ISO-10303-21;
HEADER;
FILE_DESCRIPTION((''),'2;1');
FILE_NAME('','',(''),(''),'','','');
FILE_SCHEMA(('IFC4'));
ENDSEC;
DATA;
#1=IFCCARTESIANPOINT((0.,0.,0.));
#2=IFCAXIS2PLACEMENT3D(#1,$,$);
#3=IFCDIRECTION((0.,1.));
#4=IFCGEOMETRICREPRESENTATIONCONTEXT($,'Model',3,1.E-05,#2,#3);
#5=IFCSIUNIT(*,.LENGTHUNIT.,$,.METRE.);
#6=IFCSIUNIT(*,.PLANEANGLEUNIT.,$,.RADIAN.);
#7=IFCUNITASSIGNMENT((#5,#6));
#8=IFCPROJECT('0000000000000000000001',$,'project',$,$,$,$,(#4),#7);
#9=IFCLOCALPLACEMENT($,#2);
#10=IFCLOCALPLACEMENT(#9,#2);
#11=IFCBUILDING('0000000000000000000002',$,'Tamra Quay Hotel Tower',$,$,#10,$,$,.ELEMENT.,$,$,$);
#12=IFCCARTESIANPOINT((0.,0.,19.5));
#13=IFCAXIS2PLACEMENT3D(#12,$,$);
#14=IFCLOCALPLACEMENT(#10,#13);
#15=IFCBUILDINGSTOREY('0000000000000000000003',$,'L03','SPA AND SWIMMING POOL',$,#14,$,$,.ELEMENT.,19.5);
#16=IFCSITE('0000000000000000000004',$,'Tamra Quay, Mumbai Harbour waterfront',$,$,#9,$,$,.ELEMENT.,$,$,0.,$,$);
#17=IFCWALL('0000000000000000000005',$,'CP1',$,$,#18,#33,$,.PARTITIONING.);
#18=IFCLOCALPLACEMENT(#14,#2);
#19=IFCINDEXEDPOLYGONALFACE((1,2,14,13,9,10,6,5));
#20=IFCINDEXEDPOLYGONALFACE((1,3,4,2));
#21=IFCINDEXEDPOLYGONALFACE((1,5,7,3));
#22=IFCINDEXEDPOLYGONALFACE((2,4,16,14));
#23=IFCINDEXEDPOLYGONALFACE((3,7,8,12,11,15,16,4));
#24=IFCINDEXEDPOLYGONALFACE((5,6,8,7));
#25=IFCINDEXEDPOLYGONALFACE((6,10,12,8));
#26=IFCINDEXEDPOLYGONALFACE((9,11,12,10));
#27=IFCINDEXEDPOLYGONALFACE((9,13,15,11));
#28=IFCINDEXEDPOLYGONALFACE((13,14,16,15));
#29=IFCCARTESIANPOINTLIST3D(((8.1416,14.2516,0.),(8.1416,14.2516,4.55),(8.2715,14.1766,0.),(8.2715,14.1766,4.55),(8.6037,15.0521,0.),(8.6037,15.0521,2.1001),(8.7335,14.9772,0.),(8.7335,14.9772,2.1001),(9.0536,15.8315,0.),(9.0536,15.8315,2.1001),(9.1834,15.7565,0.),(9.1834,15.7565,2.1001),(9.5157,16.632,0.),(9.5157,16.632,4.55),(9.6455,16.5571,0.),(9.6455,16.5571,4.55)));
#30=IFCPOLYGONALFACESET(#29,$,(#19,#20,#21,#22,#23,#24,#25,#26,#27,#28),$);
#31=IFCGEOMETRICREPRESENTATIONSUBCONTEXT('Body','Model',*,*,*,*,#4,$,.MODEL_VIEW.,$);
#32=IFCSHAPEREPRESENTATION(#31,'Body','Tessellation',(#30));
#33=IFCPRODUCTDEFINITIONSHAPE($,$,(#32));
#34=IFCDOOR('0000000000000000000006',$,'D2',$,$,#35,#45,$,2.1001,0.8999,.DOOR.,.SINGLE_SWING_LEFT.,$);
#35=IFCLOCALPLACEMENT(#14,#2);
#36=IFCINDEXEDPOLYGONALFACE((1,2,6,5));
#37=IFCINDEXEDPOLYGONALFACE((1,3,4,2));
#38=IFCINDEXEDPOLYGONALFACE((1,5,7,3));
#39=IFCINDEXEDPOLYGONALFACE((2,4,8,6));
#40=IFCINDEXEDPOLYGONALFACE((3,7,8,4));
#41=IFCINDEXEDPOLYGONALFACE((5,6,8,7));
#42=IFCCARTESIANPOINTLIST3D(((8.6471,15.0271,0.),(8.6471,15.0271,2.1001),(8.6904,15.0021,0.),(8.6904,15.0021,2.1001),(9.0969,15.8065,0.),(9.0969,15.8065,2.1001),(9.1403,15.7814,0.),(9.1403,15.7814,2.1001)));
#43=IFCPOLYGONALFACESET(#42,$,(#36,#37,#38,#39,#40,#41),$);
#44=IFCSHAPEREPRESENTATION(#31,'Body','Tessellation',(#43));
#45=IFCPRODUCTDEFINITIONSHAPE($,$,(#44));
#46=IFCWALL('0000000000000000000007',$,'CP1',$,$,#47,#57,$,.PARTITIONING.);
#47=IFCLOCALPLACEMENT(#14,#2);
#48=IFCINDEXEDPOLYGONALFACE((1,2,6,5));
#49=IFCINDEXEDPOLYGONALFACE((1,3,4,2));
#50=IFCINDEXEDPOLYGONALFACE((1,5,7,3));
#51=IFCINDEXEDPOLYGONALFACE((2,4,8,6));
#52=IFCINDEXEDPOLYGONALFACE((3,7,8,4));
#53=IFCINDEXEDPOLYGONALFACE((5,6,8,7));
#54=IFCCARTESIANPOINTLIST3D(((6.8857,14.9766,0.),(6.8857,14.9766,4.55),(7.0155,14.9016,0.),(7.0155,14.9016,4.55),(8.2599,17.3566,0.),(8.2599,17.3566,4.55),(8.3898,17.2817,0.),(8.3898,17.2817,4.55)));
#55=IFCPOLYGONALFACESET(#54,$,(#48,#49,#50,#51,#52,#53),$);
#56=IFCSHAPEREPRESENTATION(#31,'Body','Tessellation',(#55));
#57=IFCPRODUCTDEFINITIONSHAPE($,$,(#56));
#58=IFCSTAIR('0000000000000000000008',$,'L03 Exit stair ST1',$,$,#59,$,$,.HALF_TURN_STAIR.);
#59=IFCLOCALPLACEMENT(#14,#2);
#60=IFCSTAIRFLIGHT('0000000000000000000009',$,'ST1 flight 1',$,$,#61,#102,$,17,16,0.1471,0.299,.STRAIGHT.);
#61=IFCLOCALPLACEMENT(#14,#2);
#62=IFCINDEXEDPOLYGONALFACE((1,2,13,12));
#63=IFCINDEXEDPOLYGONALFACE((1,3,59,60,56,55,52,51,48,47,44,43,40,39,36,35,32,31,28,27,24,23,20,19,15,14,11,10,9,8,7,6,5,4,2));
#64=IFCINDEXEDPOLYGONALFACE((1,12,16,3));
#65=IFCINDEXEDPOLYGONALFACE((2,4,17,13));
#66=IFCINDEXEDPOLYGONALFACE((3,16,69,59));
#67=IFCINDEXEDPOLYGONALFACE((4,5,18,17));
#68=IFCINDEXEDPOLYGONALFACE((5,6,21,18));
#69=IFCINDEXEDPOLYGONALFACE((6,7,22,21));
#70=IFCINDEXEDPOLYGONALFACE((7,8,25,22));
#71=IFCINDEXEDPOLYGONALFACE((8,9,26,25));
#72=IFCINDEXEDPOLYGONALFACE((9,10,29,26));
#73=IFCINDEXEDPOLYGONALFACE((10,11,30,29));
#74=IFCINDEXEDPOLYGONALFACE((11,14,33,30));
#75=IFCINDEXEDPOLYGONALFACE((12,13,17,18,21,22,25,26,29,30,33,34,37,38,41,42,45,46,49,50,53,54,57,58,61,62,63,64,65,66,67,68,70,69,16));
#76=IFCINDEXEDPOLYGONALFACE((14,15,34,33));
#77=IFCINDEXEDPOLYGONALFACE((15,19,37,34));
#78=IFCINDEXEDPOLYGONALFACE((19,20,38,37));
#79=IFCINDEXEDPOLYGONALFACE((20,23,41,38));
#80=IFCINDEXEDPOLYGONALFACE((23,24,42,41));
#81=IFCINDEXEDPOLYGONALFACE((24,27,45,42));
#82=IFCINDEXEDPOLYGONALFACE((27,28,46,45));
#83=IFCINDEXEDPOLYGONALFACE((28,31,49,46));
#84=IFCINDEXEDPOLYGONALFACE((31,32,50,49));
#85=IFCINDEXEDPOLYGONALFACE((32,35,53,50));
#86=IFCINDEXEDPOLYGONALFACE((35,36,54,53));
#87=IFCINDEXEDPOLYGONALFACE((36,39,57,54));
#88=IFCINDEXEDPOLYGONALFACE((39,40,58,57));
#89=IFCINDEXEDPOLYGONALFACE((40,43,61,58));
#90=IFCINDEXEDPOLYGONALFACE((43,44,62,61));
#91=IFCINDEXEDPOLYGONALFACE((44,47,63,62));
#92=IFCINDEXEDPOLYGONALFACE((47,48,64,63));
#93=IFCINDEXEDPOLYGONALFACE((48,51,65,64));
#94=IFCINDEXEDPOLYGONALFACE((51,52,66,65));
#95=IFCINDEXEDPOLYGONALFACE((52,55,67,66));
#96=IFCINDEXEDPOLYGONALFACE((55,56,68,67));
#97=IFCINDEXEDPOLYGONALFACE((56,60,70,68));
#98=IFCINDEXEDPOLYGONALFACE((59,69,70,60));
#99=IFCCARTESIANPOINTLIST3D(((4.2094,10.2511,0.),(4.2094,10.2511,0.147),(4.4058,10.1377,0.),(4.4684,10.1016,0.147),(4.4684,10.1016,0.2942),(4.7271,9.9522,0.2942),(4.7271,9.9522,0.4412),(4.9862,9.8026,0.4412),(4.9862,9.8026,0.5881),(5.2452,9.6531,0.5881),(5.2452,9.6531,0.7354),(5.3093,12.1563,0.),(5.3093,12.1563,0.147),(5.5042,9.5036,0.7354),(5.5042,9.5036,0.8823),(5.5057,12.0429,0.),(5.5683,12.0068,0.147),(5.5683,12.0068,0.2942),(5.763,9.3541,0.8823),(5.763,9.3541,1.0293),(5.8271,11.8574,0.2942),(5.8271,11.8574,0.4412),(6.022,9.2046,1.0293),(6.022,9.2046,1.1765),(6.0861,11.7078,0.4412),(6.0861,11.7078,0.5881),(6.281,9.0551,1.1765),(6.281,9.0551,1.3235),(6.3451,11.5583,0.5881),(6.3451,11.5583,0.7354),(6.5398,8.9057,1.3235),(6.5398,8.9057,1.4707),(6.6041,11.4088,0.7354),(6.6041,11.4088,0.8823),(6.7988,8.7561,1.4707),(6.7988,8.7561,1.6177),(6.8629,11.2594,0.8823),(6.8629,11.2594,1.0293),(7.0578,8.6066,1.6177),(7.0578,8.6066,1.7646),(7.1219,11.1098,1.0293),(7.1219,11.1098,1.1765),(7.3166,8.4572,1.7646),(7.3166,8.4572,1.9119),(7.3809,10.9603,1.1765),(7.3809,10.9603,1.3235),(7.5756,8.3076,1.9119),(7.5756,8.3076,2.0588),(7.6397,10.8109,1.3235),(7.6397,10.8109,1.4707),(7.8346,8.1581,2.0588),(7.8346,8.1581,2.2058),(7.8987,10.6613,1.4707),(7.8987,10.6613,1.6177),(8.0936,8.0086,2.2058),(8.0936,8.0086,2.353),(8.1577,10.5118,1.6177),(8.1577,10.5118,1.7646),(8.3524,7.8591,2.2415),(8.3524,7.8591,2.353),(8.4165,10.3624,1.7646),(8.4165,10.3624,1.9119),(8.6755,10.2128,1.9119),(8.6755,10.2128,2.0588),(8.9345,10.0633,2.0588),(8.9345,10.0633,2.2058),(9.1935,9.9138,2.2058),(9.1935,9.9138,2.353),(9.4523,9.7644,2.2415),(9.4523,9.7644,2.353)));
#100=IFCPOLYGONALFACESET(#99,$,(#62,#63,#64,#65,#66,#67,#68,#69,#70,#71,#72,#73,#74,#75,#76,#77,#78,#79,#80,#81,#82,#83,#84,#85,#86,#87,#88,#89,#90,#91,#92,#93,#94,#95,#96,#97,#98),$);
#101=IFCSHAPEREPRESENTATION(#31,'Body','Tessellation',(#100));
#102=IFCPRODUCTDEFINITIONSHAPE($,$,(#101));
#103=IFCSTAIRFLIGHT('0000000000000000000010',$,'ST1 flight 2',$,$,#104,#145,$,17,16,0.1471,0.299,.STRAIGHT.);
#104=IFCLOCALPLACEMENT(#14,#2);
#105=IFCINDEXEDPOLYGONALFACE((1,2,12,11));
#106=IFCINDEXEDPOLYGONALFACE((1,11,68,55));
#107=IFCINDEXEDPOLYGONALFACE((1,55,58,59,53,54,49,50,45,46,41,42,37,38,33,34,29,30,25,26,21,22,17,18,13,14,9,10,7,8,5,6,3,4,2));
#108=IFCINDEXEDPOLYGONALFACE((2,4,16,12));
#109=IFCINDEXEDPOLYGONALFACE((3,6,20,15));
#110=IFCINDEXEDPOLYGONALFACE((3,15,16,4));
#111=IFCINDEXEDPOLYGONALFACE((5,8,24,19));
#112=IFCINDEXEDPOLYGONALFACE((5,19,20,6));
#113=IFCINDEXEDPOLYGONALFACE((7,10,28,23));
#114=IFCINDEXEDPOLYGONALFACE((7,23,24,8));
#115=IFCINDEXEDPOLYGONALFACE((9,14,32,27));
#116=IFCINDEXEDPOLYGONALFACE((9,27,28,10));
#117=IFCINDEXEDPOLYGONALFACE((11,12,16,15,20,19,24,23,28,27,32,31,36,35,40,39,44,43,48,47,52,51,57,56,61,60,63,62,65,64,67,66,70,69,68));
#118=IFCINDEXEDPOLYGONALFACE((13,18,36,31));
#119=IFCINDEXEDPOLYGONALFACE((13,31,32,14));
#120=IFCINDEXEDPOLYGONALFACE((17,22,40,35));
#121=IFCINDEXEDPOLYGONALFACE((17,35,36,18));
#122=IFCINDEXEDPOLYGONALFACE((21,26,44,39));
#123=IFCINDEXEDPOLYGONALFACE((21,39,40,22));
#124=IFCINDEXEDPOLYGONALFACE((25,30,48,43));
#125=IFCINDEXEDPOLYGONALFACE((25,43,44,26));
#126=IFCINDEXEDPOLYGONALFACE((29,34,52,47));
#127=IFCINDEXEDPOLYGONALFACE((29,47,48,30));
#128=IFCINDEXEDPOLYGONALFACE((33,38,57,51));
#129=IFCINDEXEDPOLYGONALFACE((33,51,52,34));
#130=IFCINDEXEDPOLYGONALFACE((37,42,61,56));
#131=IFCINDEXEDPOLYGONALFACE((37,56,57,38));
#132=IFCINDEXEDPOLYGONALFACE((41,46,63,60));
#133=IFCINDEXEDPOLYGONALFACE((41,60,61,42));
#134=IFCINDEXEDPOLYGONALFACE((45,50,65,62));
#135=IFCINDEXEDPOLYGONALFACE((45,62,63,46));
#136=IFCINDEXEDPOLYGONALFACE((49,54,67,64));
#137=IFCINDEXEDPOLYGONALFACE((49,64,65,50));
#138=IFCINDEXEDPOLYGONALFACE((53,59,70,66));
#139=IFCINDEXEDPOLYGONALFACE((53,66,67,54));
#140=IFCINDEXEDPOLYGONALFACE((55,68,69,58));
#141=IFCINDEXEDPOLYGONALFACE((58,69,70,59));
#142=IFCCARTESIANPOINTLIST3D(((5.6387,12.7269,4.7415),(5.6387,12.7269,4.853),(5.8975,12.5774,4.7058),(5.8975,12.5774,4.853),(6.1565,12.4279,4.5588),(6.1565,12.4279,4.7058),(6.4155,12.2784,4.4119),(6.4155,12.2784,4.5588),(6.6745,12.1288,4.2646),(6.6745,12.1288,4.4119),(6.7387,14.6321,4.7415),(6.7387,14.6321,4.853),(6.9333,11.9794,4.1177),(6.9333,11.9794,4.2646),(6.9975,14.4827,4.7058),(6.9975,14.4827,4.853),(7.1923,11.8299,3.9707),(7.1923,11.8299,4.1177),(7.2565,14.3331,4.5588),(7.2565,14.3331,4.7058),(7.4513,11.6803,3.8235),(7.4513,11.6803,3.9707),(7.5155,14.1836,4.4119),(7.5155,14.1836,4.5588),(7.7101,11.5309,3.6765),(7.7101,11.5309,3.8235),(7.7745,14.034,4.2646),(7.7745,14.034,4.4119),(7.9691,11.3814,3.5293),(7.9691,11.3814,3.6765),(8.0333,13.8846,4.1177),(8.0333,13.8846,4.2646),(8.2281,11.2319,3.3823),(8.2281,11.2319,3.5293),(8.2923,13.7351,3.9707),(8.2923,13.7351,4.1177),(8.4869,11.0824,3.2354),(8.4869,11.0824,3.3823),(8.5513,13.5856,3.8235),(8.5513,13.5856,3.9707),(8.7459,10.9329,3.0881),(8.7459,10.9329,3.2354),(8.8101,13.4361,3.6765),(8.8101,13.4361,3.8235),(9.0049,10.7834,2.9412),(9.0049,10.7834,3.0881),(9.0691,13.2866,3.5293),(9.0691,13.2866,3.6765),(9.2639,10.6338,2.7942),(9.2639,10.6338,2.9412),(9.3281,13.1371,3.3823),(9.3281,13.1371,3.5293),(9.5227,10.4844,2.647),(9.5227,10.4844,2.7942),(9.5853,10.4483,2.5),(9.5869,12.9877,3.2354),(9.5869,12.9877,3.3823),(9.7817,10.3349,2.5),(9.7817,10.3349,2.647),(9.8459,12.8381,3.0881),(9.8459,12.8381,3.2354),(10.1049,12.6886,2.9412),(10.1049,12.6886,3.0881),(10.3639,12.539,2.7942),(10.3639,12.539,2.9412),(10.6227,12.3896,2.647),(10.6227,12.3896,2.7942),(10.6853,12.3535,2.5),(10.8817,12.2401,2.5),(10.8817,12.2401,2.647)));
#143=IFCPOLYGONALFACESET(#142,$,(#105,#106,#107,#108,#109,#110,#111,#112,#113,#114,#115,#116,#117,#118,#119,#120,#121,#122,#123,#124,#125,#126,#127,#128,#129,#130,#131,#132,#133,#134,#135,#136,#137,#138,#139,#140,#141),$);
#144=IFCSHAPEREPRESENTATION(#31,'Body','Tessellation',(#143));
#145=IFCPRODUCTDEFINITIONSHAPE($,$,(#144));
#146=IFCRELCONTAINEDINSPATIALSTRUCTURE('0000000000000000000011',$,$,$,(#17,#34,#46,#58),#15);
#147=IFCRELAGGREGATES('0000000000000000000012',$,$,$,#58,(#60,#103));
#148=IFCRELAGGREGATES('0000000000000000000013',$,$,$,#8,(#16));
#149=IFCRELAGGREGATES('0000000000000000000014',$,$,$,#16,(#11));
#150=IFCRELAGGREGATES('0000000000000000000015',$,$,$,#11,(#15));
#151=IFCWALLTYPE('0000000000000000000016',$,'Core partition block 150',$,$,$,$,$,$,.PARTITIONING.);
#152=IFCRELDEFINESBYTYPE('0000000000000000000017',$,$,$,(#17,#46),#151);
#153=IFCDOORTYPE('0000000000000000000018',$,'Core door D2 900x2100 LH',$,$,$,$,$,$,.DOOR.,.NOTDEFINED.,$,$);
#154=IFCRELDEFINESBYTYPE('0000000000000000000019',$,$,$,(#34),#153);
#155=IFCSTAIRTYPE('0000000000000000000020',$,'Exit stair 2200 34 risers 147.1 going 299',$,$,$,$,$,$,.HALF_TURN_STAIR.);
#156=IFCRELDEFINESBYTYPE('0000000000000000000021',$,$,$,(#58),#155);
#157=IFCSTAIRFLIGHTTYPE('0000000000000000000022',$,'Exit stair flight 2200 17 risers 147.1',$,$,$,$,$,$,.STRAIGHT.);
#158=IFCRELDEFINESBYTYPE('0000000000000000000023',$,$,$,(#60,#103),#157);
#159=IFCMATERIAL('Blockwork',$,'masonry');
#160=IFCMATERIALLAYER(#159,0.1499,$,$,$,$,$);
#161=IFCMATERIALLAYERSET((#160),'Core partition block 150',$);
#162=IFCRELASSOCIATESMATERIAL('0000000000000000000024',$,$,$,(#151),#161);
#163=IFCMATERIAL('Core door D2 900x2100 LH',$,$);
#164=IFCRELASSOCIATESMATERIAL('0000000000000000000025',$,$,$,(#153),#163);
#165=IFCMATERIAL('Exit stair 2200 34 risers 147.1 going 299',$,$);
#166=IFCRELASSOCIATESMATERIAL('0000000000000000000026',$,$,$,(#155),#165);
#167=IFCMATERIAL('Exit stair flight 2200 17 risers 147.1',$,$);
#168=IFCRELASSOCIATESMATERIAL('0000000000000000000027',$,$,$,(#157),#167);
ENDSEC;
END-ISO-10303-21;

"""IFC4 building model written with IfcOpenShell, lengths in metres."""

from ifc_helpers import new_model, si_unit, direction, frame, frame_2d, origin, place, context, subcontext, project, spatial, polyline, rectangle, outline, extrude, material, layer, layer_set, type_object, element, fill, aggregate, save


model = new_model("IFC4")

# Units and contexts
model_context = context("Model", 3, precision=1e-05, world=origin(), true_north=direction((0.0, 1.0)))
body_context = subcontext(model_context, "Body", "Model", "MODEL_VIEW")
ifc_project = project(units=[si_unit("LENGTHUNIT", "METRE"), si_unit("PLANEANGLEUNIT", "RADIAN")], contexts=[model_context])

# Site, building, storey
site_placement = place(None, origin())
site = spatial("IfcSite", under=ifc_project, at=site_placement, Name="Tamra Quay, Mumbai Harbour waterfront", CompositionType="ELEMENT", RefElevation=0.0)
building_placement = place(site_placement, origin())
building = spatial("IfcBuilding", under=site, at=building_placement, Name="Tamra Quay Hotel Tower", CompositionType="ELEMENT")
storey_placement = place(building_placement, frame((0.0, 0.0, 19.5)))
storey = spatial("IfcBuildingStorey", under=building, at=storey_placement, Name="L03", Description="SPA AND SWIMMING POOL", CompositionType="ELEMENT", Elevation=19.5)

# Wall, opening, door
ifc_material_1 = material(Name="Blockwork", Category="masonry")
ifc_layer_1 = layer(ifc_material_1, 0.1499)
ifc_layer_set_1 = layer_set([ifc_layer_1], Name="Core partition block 150")
wall_type_1 = type_object("IfcWallType", Name="Core partition block 150", PredefinedType="PARTITIONING", material=ifc_layer_set_1)
wall_1_placement = place(storey_placement, frame((8.2065, 14.2141, 0.0), z_axis=(0.0, 0.0, 1.0), x_axis=(0.499922, 0.86607, 0.0)))
wall_1 = element("IfcWall", 1, at=wall_1_placement, inside=storey, type_object=wall_type_1, Name="CP1", PredefinedType="PARTITIONING", context=body_context, shape_type="SweptSolid", body=[
    extrude(rectangle(XDim=2.7485, YDim=0.1499, at=frame_2d((1.3743, 0.0))), origin(), (0.0, 0.0, 1.0), 4.55),
])
opening_1_placement = place(wall_1_placement, frame((0.9243, 0.0, 0.0)))
opening_1 = element("IfcOpeningElement", 2, at=opening_1_placement, cuts=wall_1, PredefinedType="OPENING", context=body_context, shape_type="SweptSolid", body=[
    extrude(rectangle(XDim=0.8999, YDim=2.1001, at=frame_2d((0.45, 1.05))), frame((0.0, 0.085, 0.0), z_axis=(0.0, -1.0, 0.0), x_axis=(1.0, 0.0, 0.0)), (0.0, 0.0, 1.0), 0.1699),
])
ifc_material_2 = material(Name="Core door D2 900x2100 LH")
door_type_1 = type_object("IfcDoorType", Name="Core door D2 900x2100 LH", OperationType="NOTDEFINED", PredefinedType="DOOR", material=ifc_material_2)
door_1_placement = place(opening_1_placement, origin())
door_1 = element("IfcDoor", 3, at=door_1_placement, inside=storey, type_object=door_type_1, Name="D2", OperationType="SINGLE_SWING_LEFT", OverallHeight=2.1001, OverallWidth=0.8999, PredefinedType="DOOR", context=body_context, shape_type="SweptSolid", body=[
    extrude(rectangle(XDim=0.8999, YDim=2.1001, at=frame_2d((0.45, 1.05))), frame((0.0, 0.0249, 0.0), z_axis=(0.0, -1.0, 0.0), x_axis=(1.0, 0.0, 0.0)), (0.0, 0.0, 1.0), 0.05),
])
fill(opening_1, door_1)

# Wall
wall_2_placement = place(storey_placement, frame((6.9507, 14.9392, 0.0), z_axis=(0.0, 0.0, 1.0), x_axis=(0.500027, 0.86601, 0.0)))
element("IfcWall", 4, at=wall_2_placement, inside=storey, type_object=wall_type_1, Name="CP1", PredefinedType="PARTITIONING", context=body_context, shape_type="SweptSolid", body=[
    extrude(rectangle(XDim=2.7483, YDim=0.1499, at=frame_2d((1.374, 0.0))), origin(), (0.0, 0.0, 1.0), 4.55),
])

# Stair, stair flights
ifc_material_3 = material(Name="Exit stair 2200 34 risers 147.1 going 299")
stair_type = type_object("IfcStairType", Name="Exit stair 2200 34 risers 147.1 going 299", PredefinedType="HALF_TURN_STAIR", material=ifc_material_3)
stair_placement = place(storey_placement, origin())
stair = element("IfcStair", 5, at=stair_placement, inside=storey, type_object=stair_type, Name="L03 Exit stair ST1", PredefinedType="HALF_TURN_STAIR")
ifc_material_4 = material(Name="Exit stair flight 2200 17 risers 147.1")
stair_flight_type = type_object("IfcStairFlightType", Name="Exit stair flight 2200 17 risers 147.1", PredefinedType="STRAIGHT", material=ifc_material_4)
stair_flight_1_placement = place(storey_placement, frame((4.7593, 11.2036, 0.0), z_axis=(0.0, 0.0, 1.0), x_axis=(0.866025, -0.5, 0.0)))
stair_flight_1 = element("IfcStairFlight", 6, at=stair_flight_1_placement, type_object=stair_flight_type, Name="ST1 flight 1", NumberOfRisers=17, NumberOfTreads=16, PredefinedType="STRAIGHT", RiserHeight=0.1471, TreadLength=0.299, context=body_context, shape_type="SweptSolid", body=[
    extrude(outline(polyline([(0.0, 0.0), (0.0, 0.147), (0.2991, 0.147), (0.2991, 0.2942), (0.5979, 0.2942), (0.5979, 0.4412), (0.897, 0.4412), (0.897, 0.5881), (1.196, 0.5881), (1.196, 0.7354), (1.4951, 0.7354), (1.4951, 0.8823), (1.7939, 0.8823), (1.7939, 1.0293), (2.093, 1.0293), (2.093, 1.1765), (2.3921, 1.1765), (2.3921, 1.3235), (2.6909, 1.3235), (2.6909, 1.4707), (2.99, 1.4707), (2.99, 1.6177), (3.2891, 1.6177), (3.2891, 1.7646), (3.5879, 1.7646), (3.5879, 1.9119), (3.887, 1.9119), (3.887, 2.0588), (4.186, 2.0588), (4.186, 2.2058), (4.4851, 2.2058), (4.4851, 2.353), (4.7839, 2.353), (4.7839, 2.5), (4.7839, 2.2415), (0.2268, 0.0), (0.0, 0.0)])), frame((0.0, 1.1001, 0.0), z_axis=(0.0, -1.0, 0.0), x_axis=(1.0, 0.0, 0.0)), (0.0, 0.0, 1.0), 2.2),
])
stair_flight_2_placement = place(storey_placement, frame((10.3318, 11.2876, 2.5), z_axis=(0.0, 0.0, 1.0), x_axis=(-0.866025, 0.5, 0.0)))
stair_flight_2 = element("IfcStairFlight", 7, at=stair_flight_2_placement, type_object=stair_flight_type, Name="ST1 flight 2", NumberOfRisers=17, NumberOfTreads=16, PredefinedType="STRAIGHT", RiserHeight=0.1471, TreadLength=0.299, context=body_context, shape_type="SweptSolid", body=[
    extrude(outline(polyline([(0.0, 0.0), (0.0, 0.147), (0.2991, 0.147), (0.2991, 0.2942), (0.5979, 0.2942), (0.5979, 0.4412), (0.897, 0.4412), (0.897, 0.5881), (1.196, 0.5881), (1.196, 0.7354), (1.4951, 0.7354), (1.4951, 0.8823), (1.7939, 0.8823), (1.7939, 1.0293), (2.093, 1.0293), (2.093, 1.1765), (2.3921, 1.1765), (2.3921, 1.3235), (2.6909, 1.3235), (2.6909, 1.4707), (2.99, 1.4707), (2.99, 1.6177), (3.2891, 1.6177), (3.2891, 1.7646), (3.5879, 1.7646), (3.5879, 1.9119), (3.887, 1.9119), (3.887, 2.0588), (4.186, 2.0588), (4.186, 2.2058), (4.4851, 2.2058), (4.4851, 2.353), (4.7839, 2.353), (4.7839, 2.5), (4.7839, 2.2415), (0.2268, 0.0), (0.0, 0.0)])), frame((0.0, 1.1001, 0.0), z_axis=(0.0, -1.0, 0.0), x_axis=(1.0, 0.0, 0.0)), (0.0, 0.0, 1.0), 2.2),
])
aggregate(stair, [stair_flight_1, stair_flight_2])

save(model, "model.ifc")
